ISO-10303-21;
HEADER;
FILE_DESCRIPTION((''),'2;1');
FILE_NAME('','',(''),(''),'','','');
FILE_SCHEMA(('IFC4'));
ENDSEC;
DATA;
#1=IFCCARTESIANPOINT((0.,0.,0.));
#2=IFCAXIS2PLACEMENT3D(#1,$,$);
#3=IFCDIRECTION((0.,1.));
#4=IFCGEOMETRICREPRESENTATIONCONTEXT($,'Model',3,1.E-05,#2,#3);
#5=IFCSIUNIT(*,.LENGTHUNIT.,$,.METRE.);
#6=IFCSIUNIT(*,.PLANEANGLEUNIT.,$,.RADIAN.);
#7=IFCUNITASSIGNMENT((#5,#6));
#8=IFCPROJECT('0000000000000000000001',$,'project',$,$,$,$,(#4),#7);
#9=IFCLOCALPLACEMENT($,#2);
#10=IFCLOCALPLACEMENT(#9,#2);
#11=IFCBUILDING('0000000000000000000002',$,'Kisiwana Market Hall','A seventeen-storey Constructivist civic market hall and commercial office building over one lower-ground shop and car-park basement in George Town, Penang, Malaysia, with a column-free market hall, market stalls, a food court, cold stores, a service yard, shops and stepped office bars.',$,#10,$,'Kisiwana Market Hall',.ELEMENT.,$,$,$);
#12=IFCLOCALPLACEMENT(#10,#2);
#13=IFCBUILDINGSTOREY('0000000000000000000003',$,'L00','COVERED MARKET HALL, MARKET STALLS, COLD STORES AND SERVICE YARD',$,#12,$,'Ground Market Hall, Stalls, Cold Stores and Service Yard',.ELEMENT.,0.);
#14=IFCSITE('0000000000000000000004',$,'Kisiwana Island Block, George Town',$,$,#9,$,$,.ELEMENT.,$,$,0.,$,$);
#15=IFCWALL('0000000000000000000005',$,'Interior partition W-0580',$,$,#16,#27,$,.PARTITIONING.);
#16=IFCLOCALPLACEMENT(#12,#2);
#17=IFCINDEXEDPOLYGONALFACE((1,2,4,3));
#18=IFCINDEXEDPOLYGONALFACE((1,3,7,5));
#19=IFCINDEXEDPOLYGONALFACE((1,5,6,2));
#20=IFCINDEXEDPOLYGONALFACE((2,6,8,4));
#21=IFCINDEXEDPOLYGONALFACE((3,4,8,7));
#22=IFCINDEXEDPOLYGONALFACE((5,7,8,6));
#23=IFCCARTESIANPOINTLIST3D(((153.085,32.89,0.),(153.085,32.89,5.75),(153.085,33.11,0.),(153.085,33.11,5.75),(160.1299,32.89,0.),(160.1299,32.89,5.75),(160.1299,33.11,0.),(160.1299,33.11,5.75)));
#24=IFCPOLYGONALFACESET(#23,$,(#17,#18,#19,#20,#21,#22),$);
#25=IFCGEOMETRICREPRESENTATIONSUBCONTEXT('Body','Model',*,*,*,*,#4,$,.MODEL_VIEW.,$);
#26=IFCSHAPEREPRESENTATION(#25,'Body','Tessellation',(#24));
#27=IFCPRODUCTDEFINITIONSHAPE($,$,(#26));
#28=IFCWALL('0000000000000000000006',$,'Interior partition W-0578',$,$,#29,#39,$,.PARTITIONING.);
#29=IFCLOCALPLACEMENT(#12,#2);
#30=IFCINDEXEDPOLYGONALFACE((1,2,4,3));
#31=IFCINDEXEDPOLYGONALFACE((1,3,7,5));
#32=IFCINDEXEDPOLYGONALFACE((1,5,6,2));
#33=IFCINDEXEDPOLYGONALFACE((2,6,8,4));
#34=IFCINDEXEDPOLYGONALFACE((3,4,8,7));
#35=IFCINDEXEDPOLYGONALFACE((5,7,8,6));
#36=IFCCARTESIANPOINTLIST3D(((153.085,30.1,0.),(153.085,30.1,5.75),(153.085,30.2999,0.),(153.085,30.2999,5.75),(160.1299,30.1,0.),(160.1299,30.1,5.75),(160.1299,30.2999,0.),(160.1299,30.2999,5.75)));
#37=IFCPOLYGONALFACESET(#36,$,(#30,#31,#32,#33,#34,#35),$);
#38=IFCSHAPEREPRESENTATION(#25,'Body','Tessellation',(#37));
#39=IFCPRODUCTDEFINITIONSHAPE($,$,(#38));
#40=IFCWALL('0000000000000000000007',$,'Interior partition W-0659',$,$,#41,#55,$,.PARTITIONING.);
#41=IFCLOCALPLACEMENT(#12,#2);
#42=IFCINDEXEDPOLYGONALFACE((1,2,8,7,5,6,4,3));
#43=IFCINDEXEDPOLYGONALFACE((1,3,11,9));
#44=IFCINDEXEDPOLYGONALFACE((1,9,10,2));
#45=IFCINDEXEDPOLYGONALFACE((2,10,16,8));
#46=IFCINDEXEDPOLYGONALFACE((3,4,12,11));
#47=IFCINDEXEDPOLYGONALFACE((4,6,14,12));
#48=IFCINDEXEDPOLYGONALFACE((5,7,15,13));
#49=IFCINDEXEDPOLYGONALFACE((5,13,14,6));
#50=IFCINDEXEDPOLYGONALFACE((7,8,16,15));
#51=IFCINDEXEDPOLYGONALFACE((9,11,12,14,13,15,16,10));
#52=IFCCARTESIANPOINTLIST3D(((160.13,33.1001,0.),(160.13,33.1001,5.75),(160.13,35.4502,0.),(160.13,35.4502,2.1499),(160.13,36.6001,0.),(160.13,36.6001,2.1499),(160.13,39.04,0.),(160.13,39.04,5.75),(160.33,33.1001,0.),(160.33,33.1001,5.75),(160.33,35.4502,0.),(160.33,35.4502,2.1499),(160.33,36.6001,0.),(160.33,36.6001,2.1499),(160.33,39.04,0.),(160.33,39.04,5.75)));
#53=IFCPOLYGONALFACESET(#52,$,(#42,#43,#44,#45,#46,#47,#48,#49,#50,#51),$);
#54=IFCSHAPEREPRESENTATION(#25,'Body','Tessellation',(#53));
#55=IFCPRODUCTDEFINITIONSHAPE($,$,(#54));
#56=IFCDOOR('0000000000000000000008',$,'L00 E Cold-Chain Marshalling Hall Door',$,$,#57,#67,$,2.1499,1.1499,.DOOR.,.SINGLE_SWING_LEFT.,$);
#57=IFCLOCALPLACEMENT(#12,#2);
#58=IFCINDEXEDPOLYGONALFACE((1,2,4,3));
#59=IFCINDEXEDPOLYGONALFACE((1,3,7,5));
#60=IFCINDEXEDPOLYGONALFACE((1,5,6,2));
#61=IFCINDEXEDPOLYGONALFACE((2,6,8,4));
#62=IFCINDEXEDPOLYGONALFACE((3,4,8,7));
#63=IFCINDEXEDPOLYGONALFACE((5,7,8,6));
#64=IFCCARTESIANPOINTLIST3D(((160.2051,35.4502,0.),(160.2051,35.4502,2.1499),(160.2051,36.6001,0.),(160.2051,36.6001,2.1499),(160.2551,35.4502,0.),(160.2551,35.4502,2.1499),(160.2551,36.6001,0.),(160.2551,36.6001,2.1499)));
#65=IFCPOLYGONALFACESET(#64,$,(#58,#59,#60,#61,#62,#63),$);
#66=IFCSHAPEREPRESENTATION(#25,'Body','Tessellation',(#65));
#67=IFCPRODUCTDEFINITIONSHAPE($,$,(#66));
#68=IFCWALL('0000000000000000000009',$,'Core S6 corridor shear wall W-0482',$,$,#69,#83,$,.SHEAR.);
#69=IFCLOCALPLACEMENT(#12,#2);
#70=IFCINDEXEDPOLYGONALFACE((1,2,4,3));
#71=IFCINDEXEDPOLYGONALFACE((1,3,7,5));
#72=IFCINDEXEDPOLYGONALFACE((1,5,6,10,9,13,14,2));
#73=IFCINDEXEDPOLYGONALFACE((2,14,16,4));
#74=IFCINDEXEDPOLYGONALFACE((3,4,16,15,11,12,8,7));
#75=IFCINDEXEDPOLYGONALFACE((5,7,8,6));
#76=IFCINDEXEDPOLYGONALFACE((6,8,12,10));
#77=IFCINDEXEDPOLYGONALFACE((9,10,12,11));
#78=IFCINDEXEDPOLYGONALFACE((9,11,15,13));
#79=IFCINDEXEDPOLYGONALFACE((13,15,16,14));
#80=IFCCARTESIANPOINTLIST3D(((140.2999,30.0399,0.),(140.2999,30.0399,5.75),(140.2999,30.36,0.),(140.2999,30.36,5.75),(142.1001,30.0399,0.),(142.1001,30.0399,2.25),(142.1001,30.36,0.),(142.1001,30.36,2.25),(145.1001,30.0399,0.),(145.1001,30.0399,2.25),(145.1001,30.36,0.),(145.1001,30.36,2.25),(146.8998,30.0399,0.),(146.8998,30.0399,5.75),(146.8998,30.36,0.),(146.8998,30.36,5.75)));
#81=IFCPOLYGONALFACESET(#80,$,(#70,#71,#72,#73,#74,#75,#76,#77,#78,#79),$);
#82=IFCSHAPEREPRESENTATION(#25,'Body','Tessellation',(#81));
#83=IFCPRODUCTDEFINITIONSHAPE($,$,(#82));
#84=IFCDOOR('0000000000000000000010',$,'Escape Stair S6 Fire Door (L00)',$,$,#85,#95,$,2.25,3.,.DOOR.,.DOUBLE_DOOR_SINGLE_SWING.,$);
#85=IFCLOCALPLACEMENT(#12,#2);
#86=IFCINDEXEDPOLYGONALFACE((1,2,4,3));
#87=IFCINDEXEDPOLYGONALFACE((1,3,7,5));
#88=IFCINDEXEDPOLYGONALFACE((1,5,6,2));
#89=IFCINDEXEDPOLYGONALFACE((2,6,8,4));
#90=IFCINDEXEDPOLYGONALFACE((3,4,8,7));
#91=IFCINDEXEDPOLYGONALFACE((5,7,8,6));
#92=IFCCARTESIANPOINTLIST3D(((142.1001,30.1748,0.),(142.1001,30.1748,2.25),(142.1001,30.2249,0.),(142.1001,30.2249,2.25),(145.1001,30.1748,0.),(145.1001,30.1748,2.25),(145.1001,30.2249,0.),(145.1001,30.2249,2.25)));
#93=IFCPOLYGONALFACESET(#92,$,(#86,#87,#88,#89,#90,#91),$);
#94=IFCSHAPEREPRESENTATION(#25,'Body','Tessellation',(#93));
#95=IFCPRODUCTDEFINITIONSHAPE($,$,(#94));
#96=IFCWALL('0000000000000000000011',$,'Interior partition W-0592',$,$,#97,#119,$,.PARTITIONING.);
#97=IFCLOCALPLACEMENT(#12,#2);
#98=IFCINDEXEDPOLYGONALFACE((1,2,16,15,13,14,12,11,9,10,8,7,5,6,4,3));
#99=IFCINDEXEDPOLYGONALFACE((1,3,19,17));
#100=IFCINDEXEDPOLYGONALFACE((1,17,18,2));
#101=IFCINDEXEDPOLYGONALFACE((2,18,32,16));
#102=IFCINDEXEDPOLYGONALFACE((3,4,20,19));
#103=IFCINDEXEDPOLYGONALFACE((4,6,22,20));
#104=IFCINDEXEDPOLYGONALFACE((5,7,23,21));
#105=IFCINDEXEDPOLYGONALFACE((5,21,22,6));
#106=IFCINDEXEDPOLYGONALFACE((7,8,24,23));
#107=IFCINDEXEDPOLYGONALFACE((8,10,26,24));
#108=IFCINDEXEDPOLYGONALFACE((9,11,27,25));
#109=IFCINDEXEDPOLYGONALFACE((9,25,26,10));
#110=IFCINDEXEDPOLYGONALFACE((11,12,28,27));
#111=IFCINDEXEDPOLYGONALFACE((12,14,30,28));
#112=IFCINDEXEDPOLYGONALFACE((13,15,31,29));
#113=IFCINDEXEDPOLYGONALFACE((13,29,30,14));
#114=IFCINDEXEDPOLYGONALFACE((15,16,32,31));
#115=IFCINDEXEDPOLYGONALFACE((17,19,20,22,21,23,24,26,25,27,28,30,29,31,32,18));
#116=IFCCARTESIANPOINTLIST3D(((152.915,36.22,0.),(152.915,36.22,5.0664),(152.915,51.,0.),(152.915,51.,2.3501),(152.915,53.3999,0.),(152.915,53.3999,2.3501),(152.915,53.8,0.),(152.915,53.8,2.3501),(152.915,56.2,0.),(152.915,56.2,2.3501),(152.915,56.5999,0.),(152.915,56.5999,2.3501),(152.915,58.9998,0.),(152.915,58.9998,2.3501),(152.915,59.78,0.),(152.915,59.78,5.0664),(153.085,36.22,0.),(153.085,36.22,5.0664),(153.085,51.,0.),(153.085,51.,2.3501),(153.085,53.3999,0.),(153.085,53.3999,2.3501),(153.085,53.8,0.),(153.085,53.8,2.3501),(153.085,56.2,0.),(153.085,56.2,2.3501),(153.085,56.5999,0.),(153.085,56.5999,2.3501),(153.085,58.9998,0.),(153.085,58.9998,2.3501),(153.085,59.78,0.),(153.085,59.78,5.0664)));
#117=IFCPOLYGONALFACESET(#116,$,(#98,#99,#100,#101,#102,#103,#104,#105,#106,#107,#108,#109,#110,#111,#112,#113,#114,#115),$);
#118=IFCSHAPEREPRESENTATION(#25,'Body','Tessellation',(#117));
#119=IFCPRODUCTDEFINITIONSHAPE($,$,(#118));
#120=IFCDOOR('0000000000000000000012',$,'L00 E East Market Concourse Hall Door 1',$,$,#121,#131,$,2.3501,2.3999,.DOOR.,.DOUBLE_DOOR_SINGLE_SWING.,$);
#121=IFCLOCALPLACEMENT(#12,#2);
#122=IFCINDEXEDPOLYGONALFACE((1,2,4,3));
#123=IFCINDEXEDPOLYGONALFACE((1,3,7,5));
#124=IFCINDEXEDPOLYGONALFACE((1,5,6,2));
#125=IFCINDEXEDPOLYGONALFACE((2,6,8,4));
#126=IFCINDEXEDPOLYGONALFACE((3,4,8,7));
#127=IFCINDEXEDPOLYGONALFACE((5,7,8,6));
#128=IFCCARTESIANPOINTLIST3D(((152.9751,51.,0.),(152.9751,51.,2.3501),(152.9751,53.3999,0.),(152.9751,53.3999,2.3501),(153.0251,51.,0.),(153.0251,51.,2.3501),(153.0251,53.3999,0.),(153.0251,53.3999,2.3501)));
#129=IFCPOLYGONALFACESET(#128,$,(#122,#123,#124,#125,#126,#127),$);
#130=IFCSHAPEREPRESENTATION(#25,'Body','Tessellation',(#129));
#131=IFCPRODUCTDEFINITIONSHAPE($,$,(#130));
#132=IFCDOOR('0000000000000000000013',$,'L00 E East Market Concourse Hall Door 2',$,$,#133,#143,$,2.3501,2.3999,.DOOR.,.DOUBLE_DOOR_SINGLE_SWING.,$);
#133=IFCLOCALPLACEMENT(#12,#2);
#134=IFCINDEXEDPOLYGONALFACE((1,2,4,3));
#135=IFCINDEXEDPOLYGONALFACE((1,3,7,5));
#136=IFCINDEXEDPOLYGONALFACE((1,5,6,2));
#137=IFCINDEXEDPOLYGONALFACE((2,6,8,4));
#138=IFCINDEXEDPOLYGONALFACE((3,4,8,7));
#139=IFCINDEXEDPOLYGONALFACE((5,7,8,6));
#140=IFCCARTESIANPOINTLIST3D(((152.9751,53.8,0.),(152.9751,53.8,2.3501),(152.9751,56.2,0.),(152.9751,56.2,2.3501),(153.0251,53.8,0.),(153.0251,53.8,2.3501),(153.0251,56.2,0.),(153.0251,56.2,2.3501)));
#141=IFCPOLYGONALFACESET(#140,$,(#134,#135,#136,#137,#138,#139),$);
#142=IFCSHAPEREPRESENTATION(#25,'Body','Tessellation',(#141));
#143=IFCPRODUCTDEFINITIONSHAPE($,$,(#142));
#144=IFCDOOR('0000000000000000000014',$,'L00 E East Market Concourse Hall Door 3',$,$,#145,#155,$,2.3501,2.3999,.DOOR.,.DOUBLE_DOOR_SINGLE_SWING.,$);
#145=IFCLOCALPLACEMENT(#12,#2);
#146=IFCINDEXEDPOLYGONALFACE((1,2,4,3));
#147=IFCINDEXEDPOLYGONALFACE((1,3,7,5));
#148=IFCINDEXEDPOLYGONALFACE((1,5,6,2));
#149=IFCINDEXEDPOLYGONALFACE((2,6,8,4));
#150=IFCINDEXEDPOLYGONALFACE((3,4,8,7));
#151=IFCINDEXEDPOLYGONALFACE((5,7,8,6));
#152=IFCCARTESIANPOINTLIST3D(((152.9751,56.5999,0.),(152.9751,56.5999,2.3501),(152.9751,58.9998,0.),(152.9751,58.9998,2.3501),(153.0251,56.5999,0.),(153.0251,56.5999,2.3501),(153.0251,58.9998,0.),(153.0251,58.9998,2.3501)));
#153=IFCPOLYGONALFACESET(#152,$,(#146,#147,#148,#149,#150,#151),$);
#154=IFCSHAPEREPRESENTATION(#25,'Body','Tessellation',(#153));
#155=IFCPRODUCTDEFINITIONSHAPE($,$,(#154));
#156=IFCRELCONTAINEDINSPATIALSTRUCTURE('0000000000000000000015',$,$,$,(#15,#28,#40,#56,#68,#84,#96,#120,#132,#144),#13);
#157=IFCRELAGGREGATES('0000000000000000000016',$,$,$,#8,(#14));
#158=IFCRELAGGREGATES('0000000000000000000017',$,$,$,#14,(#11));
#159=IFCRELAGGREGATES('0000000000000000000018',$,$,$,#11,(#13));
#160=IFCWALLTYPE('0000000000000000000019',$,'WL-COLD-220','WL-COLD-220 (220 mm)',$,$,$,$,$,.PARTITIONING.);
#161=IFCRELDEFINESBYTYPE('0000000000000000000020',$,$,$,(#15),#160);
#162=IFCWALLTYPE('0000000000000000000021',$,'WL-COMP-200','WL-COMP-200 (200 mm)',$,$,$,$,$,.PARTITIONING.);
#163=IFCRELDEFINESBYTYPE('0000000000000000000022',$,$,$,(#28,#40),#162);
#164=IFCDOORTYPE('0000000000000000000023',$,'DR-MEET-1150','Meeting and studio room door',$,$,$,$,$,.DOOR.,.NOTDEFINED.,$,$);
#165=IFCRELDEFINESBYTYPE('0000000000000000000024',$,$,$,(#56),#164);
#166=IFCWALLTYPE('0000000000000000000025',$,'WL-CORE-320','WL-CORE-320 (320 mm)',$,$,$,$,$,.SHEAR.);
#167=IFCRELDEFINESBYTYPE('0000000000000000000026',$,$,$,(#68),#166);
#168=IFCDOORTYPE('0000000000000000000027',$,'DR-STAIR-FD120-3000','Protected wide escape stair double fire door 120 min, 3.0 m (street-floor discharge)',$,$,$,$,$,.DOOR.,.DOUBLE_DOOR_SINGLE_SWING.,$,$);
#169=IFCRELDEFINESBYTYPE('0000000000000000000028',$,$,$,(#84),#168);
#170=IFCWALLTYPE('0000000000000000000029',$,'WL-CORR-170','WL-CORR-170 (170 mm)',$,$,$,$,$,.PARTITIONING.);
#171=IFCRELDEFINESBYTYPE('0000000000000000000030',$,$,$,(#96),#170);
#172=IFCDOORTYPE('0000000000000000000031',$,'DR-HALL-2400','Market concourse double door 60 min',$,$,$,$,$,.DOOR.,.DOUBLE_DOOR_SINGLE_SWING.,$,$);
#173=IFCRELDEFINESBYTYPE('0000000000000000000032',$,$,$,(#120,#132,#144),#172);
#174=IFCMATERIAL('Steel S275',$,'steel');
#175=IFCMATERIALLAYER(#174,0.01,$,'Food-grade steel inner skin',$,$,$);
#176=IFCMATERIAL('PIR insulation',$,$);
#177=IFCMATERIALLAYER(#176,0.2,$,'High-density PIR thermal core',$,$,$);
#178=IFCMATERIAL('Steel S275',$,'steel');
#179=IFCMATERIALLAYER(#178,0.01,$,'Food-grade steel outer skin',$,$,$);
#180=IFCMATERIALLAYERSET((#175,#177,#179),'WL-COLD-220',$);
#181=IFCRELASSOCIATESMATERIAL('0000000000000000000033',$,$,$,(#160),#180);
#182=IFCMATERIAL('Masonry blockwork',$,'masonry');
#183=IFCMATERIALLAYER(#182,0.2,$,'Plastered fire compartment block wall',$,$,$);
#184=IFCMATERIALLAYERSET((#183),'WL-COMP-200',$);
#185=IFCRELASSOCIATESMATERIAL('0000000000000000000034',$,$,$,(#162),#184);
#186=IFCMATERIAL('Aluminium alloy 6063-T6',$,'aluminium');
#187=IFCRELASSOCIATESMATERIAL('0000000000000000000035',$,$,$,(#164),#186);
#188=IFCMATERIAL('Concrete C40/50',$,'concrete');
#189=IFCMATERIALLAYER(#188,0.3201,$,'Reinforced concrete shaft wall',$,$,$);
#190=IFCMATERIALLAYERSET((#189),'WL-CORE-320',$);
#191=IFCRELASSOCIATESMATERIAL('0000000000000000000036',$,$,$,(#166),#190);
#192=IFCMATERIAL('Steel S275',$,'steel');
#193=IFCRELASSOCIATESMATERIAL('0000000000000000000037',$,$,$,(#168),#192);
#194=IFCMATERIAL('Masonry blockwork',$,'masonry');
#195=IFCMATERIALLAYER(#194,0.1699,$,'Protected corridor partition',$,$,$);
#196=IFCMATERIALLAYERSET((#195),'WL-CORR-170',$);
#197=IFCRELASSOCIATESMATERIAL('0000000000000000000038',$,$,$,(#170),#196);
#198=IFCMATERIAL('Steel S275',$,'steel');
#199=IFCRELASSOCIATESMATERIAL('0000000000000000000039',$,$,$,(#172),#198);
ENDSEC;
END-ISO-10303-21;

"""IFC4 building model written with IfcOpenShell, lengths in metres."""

from ifc_helpers import new_model, si_unit, direction, frame, frame_2d, origin, place, context, subcontext, project, spatial, rectangle, extrude, material, layer, layer_set, type_object, element, fill, save


model = new_model("IFC4")

# Units and contexts
model_context = context("Model", 3, precision=1e-05, world=origin(), true_north=direction((0.0, 1.0)))
body_context = subcontext(model_context, "Body", "Model", "MODEL_VIEW")
ifc_project = project(units=[si_unit("LENGTHUNIT", "METRE"), si_unit("PLANEANGLEUNIT", "RADIAN")], contexts=[model_context])

# Site, building, storey
site_placement = place(None, origin())
site = spatial("IfcSite", under=ifc_project, at=site_placement, Name="Kisiwana Island Block, George Town", CompositionType="ELEMENT", RefElevation=0.0)
building_placement = place(site_placement, origin())
building = spatial("IfcBuilding", under=site, at=building_placement, Name="Kisiwana Market Hall", Description="A seventeen-storey Constructivist civic market hall and commercial office building over one lower-ground shop and car-park basement in George Town, Penang, Malaysia, with a column-free market hall, market stalls, a food court, cold stores, a service yard, shops and stepped office bars.", LongName="Kisiwana Market Hall", CompositionType="ELEMENT")
storey_placement = place(building_placement, origin())
storey = spatial("IfcBuildingStorey", under=building, at=storey_placement, Name="L00", Description="COVERED MARKET HALL, MARKET STALLS, COLD STORES AND SERVICE YARD", LongName="Ground Market Hall, Stalls, Cold Stores and Service Yard", CompositionType="ELEMENT", Elevation=0.0)

# Walls
ifc_material_1 = material(Name="Steel S275", Category="steel")
ifc_layer_1 = layer(ifc_material_1, 0.01, Name="Food-grade steel inner skin")
ifc_material_2 = material(Name="PIR insulation")
ifc_layer_2 = layer(ifc_material_2, 0.2, Name="High-density PIR thermal core")
ifc_material_3 = material(Name="Steel S275", Category="steel")
ifc_layer_3 = layer(ifc_material_3, 0.01, Name="Food-grade steel outer skin")
ifc_layer_set_1 = layer_set([ifc_layer_1, ifc_layer_2, ifc_layer_3], Name="WL-COLD-220")
wall_type_1 = type_object("IfcWallType", Name="WL-COLD-220", Description="WL-COLD-220 (220 mm)", PredefinedType="PARTITIONING", material=ifc_layer_set_1)
wall_1_placement = place(storey_placement, frame((153.085, 33.0, 0.0), z_axis=(0.0, 0.0, 1.0), x_axis=(1.0, 0.0, 0.0)))
element("IfcWall", 1, at=wall_1_placement, inside=storey, type_object=wall_type_1, Name="Interior partition W-0580", PredefinedType="PARTITIONING", context=body_context, shape_type="SweptSolid", body=[
    extrude(rectangle(XDim=7.0449, YDim=0.22, at=frame_2d((3.5225, 0.0))), origin(), (0.0, 0.0, 1.0), 5.75),
])
ifc_material_4 = material(Name="Masonry blockwork", Category="masonry")
ifc_layer_4 = layer(ifc_material_4, 0.2, Name="Plastered fire compartment block wall")
ifc_layer_set_2 = layer_set([ifc_layer_4], Name="WL-COMP-200")
wall_type_2 = type_object("IfcWallType", Name="WL-COMP-200", Description="WL-COMP-200 (200 mm)", PredefinedType="PARTITIONING", material=ifc_layer_set_2)
wall_2_placement = place(storey_placement, frame((153.085, 30.2, 0.0), z_axis=(0.0, 0.0, 1.0), x_axis=(1.0, 0.0, 0.0)))
element("IfcWall", 2, at=wall_2_placement, inside=storey, type_object=wall_type_2, Name="Interior partition W-0578", PredefinedType="PARTITIONING", context=body_context, shape_type="SweptSolid", body=[
    extrude(rectangle(XDim=7.0449, YDim=0.2, at=frame_2d((3.5225, 0.0))), origin(), (0.0, 0.0, 1.0), 5.75),
])

# Walls, openings, doors
wall_3_placement = place(storey_placement, frame((160.23, 33.1001, 0.0), z_axis=(0.0, 0.0, 1.0), x_axis=(0.0, 1.0, 0.0)))
wall_3 = element("IfcWall", 3, at=wall_3_placement, inside=storey, type_object=wall_type_2, Name="Interior partition W-0659", PredefinedType="PARTITIONING", context=body_context, shape_type="SweptSolid", body=[
    extrude(rectangle(XDim=5.9399, YDim=0.2, at=frame_2d((2.97, 0.0))), origin(), (0.0, 0.0, 1.0), 5.75),
])
opening_1_placement = place(wall_3_placement, frame((2.3501, 0.0, 0.0)))
opening_1 = element("IfcOpeningElement", 4, at=opening_1_placement, cuts=wall_3, PredefinedType="OPENING", context=body_context, shape_type="SweptSolid", body=[
    extrude(rectangle(XDim=1.1499, YDim=2.1499, at=frame_2d((0.575, 1.075))), frame((0.0, 0.1118, 0.0), z_axis=(0.0, -1.0, 0.0), x_axis=(1.0, 0.0, 0.0)), (0.0, 0.0, 1.0), 0.2239),
])
ifc_material_5 = material(Name="Aluminium alloy 6063-T6", Category="aluminium")
door_type_1 = type_object("IfcDoorType", Name="DR-MEET-1150", Description="Meeting and studio room door", OperationType="NOTDEFINED", PredefinedType="DOOR", material=ifc_material_5)
door_1_placement = place(opening_1_placement, origin())
door_1 = element("IfcDoor", 5, at=door_1_placement, inside=storey, type_object=door_type_1, Name="L00 E Cold-Chain Marshalling Hall Door", OperationType="SINGLE_SWING_LEFT", OverallHeight=2.1499, OverallWidth=1.1499, PredefinedType="DOOR", context=body_context, shape_type="SweptSolid", body=[
    extrude(rectangle(XDim=1.1499, YDim=2.1499, at=frame_2d((0.575, 1.075))), frame((0.0, 0.0249, 0.0), z_axis=(0.0, -1.0, 0.0), x_axis=(1.0, 0.0, 0.0)), (0.0, 0.0, 1.0), 0.05),
])
fill(opening_1, door_1)
ifc_material_6 = material(Name="Concrete C40/50", Category="concrete")
ifc_layer_5 = layer(ifc_material_6, 0.3201, Name="Reinforced concrete shaft wall")
ifc_layer_set_3 = layer_set([ifc_layer_5], Name="WL-CORE-320")
wall_type_3 = type_object("IfcWallType", Name="WL-CORE-320", Description="WL-CORE-320 (320 mm)", PredefinedType="SHEAR", material=ifc_layer_set_3)
wall_4_placement = place(storey_placement, frame((140.3, 30.2, 0.0), z_axis=(0.0, 0.0, 1.0), x_axis=(1.0, 0.0, 0.0)))
wall_4 = element("IfcWall", 6, at=wall_4_placement, inside=storey, type_object=wall_type_3, Name="Core S6 corridor shear wall W-0482", PredefinedType="SHEAR", context=body_context, shape_type="SweptSolid", body=[
    extrude(rectangle(XDim=6.5999, YDim=0.3201, at=frame_2d((3.2998, 0.0))), origin(), (0.0, 0.0, 1.0), 5.75),
])
opening_2_placement = place(wall_4_placement, frame((1.8, 0.0, 0.0)))
opening_2 = element("IfcOpeningElement", 7, at=opening_2_placement, cuts=wall_4, PredefinedType="OPENING", context=body_context, shape_type="SweptSolid", body=[
    extrude(rectangle(XDim=3.0, YDim=2.25, at=frame_2d((1.5, 1.125))), frame((0.0, 0.1719, 0.0), z_axis=(0.0, -1.0, 0.0), x_axis=(1.0, 0.0, 0.0)), (0.0, 0.0, 1.0), 0.344),
])
ifc_material_7 = material(Name="Steel S275", Category="steel")
door_type_2 = type_object("IfcDoorType", Name="DR-STAIR-FD120-3000", Description="Protected wide escape stair double fire door 120 min, 3.0 m (street-floor discharge)", OperationType="DOUBLE_DOOR_SINGLE_SWING", PredefinedType="DOOR", material=ifc_material_7)
door_2_placement = place(opening_2_placement, origin())
door_2 = element("IfcDoor", 8, at=door_2_placement, inside=storey, type_object=door_type_2, Name="Escape Stair S6 Fire Door (L00)", OperationType="DOUBLE_DOOR_SINGLE_SWING", OverallHeight=2.25, OverallWidth=3.0, PredefinedType="DOOR", context=body_context, shape_type="SweptSolid", body=[
    extrude(rectangle(XDim=3.0, YDim=2.25, at=frame_2d((1.5, 1.125))), frame((0.0, 0.0249, 0.0), z_axis=(0.0, -1.0, 0.0), x_axis=(1.0, 0.0, 0.0)), (0.0, 0.0, 1.0), 0.05),
])
fill(opening_2, door_2)

# Wall, openings, doors
ifc_material_8 = material(Name="Masonry blockwork", Category="masonry")
ifc_layer_6 = layer(ifc_material_8, 0.1699, Name="Protected corridor partition")
ifc_layer_set_4 = layer_set([ifc_layer_6], Name="WL-CORR-170")
wall_type_4 = type_object("IfcWallType", Name="WL-CORR-170", Description="WL-CORR-170 (170 mm)", PredefinedType="PARTITIONING", material=ifc_layer_set_4)
wall_5_placement = place(storey_placement, frame((153.0, 36.22, 0.0), z_axis=(0.0, 0.0, 1.0), x_axis=(0.0, 1.0, 0.0)))
wall_5 = element("IfcWall", 9, at=wall_5_placement, inside=storey, type_object=wall_type_4, Name="Interior partition W-0592", PredefinedType="PARTITIONING", context=body_context, shape_type="SweptSolid", body=[
    extrude(rectangle(XDim=23.5601, YDim=0.1699, at=frame_2d((11.78, 0.0))), origin(), (0.0, 0.0, 1.0), 5.0664),
])
opening_3_placement = place(wall_5_placement, frame((14.78, 0.0, 0.0)))
opening_3 = element("IfcOpeningElement", 10, at=opening_3_placement, cuts=wall_5, PredefinedType="OPENING", context=body_context, shape_type="SweptSolid", body=[
    extrude(rectangle(XDim=2.3999, YDim=2.3501, at=frame_2d((1.2, 1.175))), frame((0.0, 0.0969, 0.0), z_axis=(0.0, -1.0, 0.0), x_axis=(1.0, 0.0, 0.0)), (0.0, 0.0, 1.0), 0.1938),
])
opening_4_placement = place(wall_5_placement, frame((17.5801, 0.0, 0.0)))
opening_4 = element("IfcOpeningElement", 11, at=opening_4_placement, cuts=wall_5, PredefinedType="OPENING", context=body_context, shape_type="SweptSolid", body=[
    extrude(rectangle(XDim=2.3999, YDim=2.3501, at=frame_2d((1.2, 1.175))), frame((0.0, 0.0969, 0.0), z_axis=(0.0, -1.0, 0.0), x_axis=(1.0, 0.0, 0.0)), (0.0, 0.0, 1.0), 0.1938),
])
opening_5_placement = place(wall_5_placement, frame((20.3799, 0.0, 0.0)))
opening_5 = element("IfcOpeningElement", 12, at=opening_5_placement, cuts=wall_5, PredefinedType="OPENING", context=body_context, shape_type="SweptSolid", body=[
    extrude(rectangle(XDim=2.3999, YDim=2.3501, at=frame_2d((1.2, 1.175))), frame((0.0, 0.0969, 0.0), z_axis=(0.0, -1.0, 0.0), x_axis=(1.0, 0.0, 0.0)), (0.0, 0.0, 1.0), 0.1938),
])
ifc_material_9 = material(Name="Steel S275", Category="steel")
door_type_3 = type_object("IfcDoorType", Name="DR-HALL-2400", Description="Market concourse double door 60 min", OperationType="DOUBLE_DOOR_SINGLE_SWING", PredefinedType="DOOR", material=ifc_material_9)
door_3_placement = place(opening_3_placement, origin())
door_3 = element("IfcDoor", 13, at=door_3_placement, inside=storey, type_object=door_type_3, Name="L00 E East Market Concourse Hall Door 1", OperationType="DOUBLE_DOOR_SINGLE_SWING", OverallHeight=2.3501, OverallWidth=2.3999, PredefinedType="DOOR", context=body_context, shape_type="SweptSolid", body=[
    extrude(rectangle(XDim=2.3999, YDim=2.3501, at=frame_2d((1.2, 1.175))), frame((0.0, 0.0249, 0.0), z_axis=(0.0, -1.0, 0.0), x_axis=(1.0, 0.0, 0.0)), (0.0, 0.0, 1.0), 0.05),
])
fill(opening_3, door_3)
door_4_placement = place(opening_4_placement, origin())
door_4 = element("IfcDoor", 14, at=door_4_placement, inside=storey, type_object=door_type_3, Name="L00 E East Market Concourse Hall Door 2", OperationType="DOUBLE_DOOR_SINGLE_SWING", OverallHeight=2.3501, OverallWidth=2.3999, PredefinedType="DOOR", context=body_context, shape_type="SweptSolid", body=[
    extrude(rectangle(XDim=2.3999, YDim=2.3501, at=frame_2d((1.2, 1.175))), frame((0.0, 0.0249, 0.0), z_axis=(0.0, -1.0, 0.0), x_axis=(1.0, 0.0, 0.0)), (0.0, 0.0, 1.0), 0.05),
])
fill(opening_4, door_4)
door_5_placement = place(opening_5_placement, origin())
door_5 = element("IfcDoor", 15, at=door_5_placement, inside=storey, type_object=door_type_3, Name="L00 E East Market Concourse Hall Door 3", OperationType="DOUBLE_DOOR_SINGLE_SWING", OverallHeight=2.3501, OverallWidth=2.3999, PredefinedType="DOOR", context=body_context, shape_type="SweptSolid", body=[
    extrude(rectangle(XDim=2.3999, YDim=2.3501, at=frame_2d((1.2, 1.175))), frame((0.0, 0.0249, 0.0), z_axis=(0.0, -1.0, 0.0), x_axis=(1.0, 0.0, 0.0)), (0.0, 0.0, 1.0), 0.05),
])
fill(opening_5, door_5)

save(model, "model.ifc")
